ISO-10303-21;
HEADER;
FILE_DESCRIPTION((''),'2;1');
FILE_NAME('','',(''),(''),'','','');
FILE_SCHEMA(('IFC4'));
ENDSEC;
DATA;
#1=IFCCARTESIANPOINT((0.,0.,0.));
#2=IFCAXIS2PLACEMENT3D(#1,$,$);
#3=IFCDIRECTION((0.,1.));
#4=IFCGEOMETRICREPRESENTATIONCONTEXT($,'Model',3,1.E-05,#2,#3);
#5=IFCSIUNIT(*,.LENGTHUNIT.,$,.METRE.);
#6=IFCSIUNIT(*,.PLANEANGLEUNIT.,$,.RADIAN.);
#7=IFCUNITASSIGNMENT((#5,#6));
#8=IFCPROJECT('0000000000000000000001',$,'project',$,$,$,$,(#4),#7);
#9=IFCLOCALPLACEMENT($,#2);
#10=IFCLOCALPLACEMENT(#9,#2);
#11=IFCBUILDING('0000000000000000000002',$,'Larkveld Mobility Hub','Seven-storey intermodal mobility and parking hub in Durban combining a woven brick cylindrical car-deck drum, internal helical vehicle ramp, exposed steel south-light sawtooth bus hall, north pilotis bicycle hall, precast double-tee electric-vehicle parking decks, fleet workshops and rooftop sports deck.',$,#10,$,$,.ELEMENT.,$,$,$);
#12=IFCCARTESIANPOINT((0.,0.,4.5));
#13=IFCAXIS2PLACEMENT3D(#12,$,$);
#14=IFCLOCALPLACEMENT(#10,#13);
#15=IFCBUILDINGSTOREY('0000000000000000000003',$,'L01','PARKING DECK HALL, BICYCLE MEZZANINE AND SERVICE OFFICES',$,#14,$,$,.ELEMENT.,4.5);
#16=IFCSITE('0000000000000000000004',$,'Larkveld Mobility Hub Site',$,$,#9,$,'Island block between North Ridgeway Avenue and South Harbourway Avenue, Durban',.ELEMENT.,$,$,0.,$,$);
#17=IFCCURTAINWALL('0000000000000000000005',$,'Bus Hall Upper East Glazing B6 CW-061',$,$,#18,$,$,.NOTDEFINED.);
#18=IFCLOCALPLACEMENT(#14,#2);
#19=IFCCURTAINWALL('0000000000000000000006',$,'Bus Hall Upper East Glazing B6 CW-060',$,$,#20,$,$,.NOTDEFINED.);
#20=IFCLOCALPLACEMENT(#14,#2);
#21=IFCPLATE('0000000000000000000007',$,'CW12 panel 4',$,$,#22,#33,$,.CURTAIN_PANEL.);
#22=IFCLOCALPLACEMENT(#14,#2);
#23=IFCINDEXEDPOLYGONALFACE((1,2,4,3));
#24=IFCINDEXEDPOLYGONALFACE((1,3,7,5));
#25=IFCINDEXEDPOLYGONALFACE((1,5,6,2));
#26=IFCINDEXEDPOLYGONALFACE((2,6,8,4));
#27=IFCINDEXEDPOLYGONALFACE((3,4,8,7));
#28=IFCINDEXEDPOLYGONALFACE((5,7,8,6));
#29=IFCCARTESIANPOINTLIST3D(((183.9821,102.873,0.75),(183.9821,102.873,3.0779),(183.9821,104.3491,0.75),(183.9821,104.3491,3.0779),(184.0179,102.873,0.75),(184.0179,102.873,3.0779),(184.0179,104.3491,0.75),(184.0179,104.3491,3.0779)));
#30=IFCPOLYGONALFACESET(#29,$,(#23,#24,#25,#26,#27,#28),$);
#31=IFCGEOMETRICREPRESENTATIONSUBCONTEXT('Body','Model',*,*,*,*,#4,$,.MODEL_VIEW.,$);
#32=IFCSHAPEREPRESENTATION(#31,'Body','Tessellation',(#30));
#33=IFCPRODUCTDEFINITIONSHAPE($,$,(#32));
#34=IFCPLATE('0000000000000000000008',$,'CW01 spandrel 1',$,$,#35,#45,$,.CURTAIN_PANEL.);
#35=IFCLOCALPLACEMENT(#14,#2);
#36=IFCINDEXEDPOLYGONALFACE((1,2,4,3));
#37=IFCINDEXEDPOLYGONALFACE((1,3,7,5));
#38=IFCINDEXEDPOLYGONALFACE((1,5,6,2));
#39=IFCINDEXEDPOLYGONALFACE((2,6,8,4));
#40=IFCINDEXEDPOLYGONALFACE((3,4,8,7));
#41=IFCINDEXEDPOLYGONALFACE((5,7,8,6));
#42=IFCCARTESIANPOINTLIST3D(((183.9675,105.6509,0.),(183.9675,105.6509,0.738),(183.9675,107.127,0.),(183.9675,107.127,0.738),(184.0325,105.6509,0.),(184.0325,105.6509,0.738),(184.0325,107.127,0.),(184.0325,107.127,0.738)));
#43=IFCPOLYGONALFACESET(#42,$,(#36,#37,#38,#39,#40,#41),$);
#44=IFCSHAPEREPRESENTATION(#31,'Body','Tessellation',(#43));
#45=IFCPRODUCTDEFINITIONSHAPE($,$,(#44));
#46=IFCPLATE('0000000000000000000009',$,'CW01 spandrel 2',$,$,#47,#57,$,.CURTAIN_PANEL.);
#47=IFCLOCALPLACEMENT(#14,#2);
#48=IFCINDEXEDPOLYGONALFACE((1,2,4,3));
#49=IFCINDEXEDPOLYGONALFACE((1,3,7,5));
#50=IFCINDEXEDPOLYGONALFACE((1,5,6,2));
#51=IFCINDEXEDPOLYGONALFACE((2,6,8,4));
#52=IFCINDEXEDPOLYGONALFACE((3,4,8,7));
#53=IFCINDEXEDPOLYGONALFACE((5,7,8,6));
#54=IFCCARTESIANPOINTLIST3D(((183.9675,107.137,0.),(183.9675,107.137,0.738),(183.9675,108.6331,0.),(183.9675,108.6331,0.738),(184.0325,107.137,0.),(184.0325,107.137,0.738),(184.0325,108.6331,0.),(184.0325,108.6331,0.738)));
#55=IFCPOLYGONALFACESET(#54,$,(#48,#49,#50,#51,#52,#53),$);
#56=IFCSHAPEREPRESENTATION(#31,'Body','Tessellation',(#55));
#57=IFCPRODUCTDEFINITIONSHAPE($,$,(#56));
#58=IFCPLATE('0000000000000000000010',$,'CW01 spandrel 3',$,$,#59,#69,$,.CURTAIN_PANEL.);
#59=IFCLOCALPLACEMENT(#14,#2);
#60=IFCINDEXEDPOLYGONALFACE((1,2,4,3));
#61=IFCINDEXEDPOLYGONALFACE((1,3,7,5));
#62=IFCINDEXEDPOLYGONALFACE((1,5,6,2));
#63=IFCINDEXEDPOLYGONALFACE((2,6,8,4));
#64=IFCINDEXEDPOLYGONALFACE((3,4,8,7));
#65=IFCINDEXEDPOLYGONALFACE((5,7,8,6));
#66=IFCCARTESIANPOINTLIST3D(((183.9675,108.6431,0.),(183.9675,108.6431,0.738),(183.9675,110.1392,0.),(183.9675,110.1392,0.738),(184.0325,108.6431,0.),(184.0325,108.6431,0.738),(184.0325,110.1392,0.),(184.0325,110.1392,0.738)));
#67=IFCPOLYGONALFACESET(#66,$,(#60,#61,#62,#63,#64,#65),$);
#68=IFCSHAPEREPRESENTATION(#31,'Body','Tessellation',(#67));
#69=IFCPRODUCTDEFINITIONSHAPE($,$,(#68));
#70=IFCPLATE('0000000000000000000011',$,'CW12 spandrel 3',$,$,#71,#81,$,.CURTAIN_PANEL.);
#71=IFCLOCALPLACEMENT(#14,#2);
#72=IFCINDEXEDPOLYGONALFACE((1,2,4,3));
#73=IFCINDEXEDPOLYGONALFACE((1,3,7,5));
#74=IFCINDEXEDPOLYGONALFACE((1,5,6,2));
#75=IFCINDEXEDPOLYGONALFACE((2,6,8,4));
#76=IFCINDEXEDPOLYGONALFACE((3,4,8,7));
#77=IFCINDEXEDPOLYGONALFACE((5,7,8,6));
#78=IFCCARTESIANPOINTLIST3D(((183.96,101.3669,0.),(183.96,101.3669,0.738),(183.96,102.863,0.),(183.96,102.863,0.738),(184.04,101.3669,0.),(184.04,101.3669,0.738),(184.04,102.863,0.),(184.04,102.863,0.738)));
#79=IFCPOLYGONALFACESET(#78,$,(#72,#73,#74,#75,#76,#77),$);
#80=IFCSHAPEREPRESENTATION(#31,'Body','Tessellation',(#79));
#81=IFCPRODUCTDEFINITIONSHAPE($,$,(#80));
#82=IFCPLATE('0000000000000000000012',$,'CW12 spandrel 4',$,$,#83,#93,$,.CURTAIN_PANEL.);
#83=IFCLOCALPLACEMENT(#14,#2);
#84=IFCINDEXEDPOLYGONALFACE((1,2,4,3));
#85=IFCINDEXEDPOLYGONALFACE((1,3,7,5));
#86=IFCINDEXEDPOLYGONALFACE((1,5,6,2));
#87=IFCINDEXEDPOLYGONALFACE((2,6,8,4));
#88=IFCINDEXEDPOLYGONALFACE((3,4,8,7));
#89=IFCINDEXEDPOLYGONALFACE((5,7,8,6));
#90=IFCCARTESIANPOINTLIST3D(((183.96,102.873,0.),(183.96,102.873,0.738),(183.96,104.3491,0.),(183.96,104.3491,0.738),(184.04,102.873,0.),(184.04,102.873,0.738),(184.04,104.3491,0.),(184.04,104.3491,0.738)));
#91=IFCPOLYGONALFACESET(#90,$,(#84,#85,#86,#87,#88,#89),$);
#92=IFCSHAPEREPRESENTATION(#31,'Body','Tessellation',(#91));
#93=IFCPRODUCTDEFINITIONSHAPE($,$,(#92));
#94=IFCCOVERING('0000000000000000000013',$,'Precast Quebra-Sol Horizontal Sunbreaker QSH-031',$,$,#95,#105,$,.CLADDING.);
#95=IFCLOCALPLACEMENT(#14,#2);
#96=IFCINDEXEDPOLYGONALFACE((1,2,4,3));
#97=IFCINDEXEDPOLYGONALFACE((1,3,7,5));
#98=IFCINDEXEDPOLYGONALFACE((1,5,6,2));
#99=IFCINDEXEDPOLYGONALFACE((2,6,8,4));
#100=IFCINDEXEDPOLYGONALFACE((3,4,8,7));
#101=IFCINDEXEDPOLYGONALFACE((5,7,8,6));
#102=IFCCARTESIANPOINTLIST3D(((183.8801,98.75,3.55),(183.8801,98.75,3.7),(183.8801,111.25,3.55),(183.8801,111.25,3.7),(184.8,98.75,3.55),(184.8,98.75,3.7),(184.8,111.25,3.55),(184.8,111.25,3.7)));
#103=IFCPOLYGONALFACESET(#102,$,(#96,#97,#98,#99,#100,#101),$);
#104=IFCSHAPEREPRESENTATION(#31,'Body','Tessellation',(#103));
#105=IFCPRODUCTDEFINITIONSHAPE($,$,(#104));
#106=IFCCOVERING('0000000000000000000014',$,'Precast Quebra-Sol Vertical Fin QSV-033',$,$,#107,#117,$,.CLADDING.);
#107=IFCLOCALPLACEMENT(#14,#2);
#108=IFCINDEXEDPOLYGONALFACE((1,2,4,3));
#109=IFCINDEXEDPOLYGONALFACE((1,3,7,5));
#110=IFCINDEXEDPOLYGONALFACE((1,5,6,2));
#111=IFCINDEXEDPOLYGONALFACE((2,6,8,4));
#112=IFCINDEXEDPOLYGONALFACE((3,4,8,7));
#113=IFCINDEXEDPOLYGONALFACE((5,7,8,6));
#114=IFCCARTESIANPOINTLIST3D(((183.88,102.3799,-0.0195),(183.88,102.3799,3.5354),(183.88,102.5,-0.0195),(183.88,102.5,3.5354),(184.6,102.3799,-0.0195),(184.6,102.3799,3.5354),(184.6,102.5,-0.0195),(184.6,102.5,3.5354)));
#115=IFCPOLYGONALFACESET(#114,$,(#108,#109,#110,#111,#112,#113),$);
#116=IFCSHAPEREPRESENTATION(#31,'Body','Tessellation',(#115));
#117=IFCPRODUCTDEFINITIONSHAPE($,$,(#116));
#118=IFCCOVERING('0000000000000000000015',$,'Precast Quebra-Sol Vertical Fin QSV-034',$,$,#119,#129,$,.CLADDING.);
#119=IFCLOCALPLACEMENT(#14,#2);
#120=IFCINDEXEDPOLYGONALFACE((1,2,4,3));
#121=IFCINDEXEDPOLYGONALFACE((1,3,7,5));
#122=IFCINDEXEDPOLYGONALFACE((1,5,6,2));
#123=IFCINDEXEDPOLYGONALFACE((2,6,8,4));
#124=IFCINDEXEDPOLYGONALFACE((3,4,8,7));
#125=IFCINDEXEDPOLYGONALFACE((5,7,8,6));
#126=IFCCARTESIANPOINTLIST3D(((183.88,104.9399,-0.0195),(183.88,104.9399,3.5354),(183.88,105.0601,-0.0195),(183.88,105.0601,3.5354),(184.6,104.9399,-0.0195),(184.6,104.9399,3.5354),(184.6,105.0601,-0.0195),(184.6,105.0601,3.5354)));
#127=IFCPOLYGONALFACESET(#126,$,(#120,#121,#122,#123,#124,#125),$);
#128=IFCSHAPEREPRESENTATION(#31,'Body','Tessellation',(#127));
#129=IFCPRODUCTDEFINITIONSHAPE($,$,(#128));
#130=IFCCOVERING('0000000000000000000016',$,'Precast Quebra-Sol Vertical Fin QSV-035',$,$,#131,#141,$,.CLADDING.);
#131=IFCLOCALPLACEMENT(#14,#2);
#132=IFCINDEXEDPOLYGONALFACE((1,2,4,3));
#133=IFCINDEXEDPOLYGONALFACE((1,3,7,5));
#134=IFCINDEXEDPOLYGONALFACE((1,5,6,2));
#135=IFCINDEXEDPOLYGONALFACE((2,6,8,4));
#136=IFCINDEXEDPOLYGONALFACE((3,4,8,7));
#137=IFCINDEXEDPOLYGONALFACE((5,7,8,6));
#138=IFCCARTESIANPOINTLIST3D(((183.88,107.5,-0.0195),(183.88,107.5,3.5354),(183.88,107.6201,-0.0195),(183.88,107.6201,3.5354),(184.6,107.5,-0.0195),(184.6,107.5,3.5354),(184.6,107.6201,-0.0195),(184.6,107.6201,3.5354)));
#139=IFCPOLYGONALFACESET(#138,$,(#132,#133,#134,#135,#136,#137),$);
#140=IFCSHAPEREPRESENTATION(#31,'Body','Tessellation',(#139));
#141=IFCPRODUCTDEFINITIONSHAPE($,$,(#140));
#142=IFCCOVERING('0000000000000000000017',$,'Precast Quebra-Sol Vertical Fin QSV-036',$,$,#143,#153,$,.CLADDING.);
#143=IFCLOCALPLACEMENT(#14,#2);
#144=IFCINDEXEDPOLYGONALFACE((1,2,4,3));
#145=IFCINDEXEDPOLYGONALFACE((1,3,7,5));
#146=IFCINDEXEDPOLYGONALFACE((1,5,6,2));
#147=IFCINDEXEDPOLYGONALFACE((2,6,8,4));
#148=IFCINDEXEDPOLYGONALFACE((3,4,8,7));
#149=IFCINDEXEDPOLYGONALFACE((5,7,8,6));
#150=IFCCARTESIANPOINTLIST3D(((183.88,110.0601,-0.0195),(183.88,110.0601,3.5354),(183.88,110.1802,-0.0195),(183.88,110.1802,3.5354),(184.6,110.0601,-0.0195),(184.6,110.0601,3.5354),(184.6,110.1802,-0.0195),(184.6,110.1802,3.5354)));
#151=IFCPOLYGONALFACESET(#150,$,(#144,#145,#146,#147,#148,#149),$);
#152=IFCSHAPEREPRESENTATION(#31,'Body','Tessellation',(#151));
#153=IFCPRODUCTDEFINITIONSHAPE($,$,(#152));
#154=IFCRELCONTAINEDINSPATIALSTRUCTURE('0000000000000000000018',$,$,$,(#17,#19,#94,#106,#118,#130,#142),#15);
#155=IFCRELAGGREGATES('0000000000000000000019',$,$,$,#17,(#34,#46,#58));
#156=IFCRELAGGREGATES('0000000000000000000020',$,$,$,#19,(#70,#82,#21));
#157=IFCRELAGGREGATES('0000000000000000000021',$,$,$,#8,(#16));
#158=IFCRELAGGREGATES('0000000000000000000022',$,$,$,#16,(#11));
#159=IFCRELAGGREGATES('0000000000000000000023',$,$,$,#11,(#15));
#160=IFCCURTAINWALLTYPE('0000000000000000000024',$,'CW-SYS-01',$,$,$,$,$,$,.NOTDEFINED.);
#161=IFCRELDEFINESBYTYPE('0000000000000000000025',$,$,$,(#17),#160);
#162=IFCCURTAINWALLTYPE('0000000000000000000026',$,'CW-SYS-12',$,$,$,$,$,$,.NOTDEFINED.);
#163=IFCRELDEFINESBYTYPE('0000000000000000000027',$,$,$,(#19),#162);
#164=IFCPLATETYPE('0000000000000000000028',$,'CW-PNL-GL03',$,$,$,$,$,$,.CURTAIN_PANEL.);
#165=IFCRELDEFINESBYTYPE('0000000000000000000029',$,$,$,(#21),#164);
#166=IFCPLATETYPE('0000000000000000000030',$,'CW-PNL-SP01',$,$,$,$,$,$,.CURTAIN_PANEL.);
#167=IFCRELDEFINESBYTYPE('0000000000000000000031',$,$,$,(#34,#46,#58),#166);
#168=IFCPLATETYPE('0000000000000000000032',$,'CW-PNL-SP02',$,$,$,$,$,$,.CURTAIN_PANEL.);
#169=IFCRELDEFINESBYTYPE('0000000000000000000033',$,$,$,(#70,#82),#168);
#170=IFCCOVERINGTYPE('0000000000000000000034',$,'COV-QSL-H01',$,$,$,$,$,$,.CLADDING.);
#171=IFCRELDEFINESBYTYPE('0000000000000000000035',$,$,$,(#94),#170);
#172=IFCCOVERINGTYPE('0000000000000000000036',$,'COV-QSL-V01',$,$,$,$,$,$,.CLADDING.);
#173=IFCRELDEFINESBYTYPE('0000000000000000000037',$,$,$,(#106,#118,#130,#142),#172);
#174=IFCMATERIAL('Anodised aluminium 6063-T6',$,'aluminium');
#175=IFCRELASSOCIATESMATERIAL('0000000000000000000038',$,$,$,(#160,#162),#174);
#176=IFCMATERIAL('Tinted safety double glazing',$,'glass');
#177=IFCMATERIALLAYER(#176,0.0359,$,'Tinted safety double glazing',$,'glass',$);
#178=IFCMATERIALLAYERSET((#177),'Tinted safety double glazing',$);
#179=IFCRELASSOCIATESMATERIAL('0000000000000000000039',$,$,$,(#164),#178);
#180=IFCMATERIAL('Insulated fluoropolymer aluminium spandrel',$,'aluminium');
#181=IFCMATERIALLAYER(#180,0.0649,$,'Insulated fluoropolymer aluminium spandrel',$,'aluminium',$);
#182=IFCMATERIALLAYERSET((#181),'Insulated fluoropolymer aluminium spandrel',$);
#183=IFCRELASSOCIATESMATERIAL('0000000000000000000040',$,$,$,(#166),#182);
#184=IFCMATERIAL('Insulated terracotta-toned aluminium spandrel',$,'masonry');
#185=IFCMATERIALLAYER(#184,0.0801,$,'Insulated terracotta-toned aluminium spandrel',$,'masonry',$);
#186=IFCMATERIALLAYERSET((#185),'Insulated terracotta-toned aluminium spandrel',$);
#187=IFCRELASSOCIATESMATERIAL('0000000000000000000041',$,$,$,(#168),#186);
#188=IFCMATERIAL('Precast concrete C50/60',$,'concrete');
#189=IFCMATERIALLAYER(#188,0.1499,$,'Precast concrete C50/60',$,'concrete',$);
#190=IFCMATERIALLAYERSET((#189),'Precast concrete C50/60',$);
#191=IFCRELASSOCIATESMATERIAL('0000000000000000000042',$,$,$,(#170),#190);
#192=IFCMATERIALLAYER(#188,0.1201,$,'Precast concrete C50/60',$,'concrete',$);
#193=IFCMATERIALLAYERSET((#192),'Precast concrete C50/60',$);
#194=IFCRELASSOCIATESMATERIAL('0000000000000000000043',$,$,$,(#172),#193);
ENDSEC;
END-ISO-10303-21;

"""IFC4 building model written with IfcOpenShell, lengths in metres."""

from ifc_helpers import new_model, si_unit, direction, frame, origin, origin_2d, place, context, subcontext, project, spatial, rectangle, extrude, material, layer, layer_set, type_object, element, aggregate, save


model = new_model("IFC4")

# Units and contexts
model_context = context("Model", 3, precision=1e-05, world=origin(), true_north=direction((0.0, 1.0)))
body_context = subcontext(model_context, "Body", "Model", "MODEL_VIEW")
ifc_project = project(units=[si_unit("LENGTHUNIT", "METRE"), si_unit("PLANEANGLEUNIT", "RADIAN")], contexts=[model_context])

# Site, building, storey
site_placement = place(None, origin())
site = spatial("IfcSite", under=ifc_project, at=site_placement, Name="Larkveld Mobility Hub Site", LongName="Island block between North Ridgeway Avenue and South Harbourway Avenue, Durban", CompositionType="ELEMENT", RefElevation=0.0)
building_placement = place(site_placement, origin())
building = spatial("IfcBuilding", under=site, at=building_placement, Name="Larkveld Mobility Hub", Description="Seven-storey intermodal mobility and parking hub in Durban combining a woven brick cylindrical car-deck drum, internal helical vehicle ramp, exposed steel south-light sawtooth bus hall, north pilotis bicycle hall, precast double-tee electric-vehicle parking decks, fleet workshops and rooftop sports deck.", CompositionType="ELEMENT")
storey_placement = place(building_placement, frame((0.0, 0.0, 4.5)))
storey = spatial("IfcBuildingStorey", under=building, at=storey_placement, Name="L01", Description="PARKING DECK HALL, BICYCLE MEZZANINE AND SERVICE OFFICES", CompositionType="ELEMENT", Elevation=4.5)

# Curtain walls
ifc_material_1 = material(Name="Anodised aluminium 6063-T6", Category="aluminium")
curtain_wall_type_1 = type_object("IfcCurtainWallType", Name="CW-SYS-01", PredefinedType="NOTDEFINED", material=ifc_material_1)
curtain_wall_1_placement = place(storey_placement, origin())
curtain_wall_1 = element("IfcCurtainWall", 1, at=curtain_wall_1_placement, inside=storey, type_object=curtain_wall_type_1, Name="Bus Hall Upper East Glazing B6 CW-061", PredefinedType="NOTDEFINED")
curtain_wall_type_2 = type_object("IfcCurtainWallType", Name="CW-SYS-12", PredefinedType="NOTDEFINED", material=ifc_material_1)
curtain_wall_2_placement = place(storey_placement, origin())
curtain_wall_2 = element("IfcCurtainWall", 2, at=curtain_wall_2_placement, inside=storey, type_object=curtain_wall_type_2, Name="Bus Hall Upper East Glazing B6 CW-060", PredefinedType="NOTDEFINED")

# Plates
ifc_material_2 = material(Name="Tinted safety double glazing", Category="glass")
ifc_layer_1 = layer(ifc_material_2, 0.0359, Name="Tinted safety double glazing", Category="glass")
ifc_layer_set_1 = layer_set([ifc_layer_1], Name="Tinted safety double glazing")
plate_type_1 = type_object("IfcPlateType", Name="CW-PNL-GL03", PredefinedType="CURTAIN_PANEL", material=ifc_layer_set_1)
plate_1_placement = place(storey_placement, frame((184.0, 103.6111, 0.75), z_axis=(0.0, 0.0, 1.0), x_axis=(0.0, 1.0, 0.0)))
plate_1 = element("IfcPlate", 3, at=plate_1_placement, type_object=plate_type_1, Name="CW12 panel 4", PredefinedType="CURTAIN_PANEL", context=body_context, shape_type="SweptSolid", body=[
    extrude(rectangle(XDim=1.4761, YDim=0.0359, at=origin_2d()), origin(), (0.0, 0.0, 1.0), 2.3279),
])
ifc_material_3 = material(Name="Insulated fluoropolymer aluminium spandrel", Category="aluminium")
ifc_layer_2 = layer(ifc_material_3, 0.0649, Name="Insulated fluoropolymer aluminium spandrel", Category="aluminium")
ifc_layer_set_2 = layer_set([ifc_layer_2], Name="Insulated fluoropolymer aluminium spandrel")
plate_type_2 = type_object("IfcPlateType", Name="CW-PNL-SP01", PredefinedType="CURTAIN_PANEL", material=ifc_layer_set_2)
plate_2_placement = place(storey_placement, frame((184.0, 106.3889, 0.0), z_axis=(0.0, 0.0, 1.0), x_axis=(0.0, 1.0, 0.0)))
plate_2 = element("IfcPlate", 4, at=plate_2_placement, type_object=plate_type_2, Name="CW01 spandrel 1", PredefinedType="CURTAIN_PANEL", context=body_context, shape_type="SweptSolid", body=[
    extrude(rectangle(XDim=1.4761, YDim=0.0649, at=origin_2d()), origin(), (0.0, 0.0, 1.0), 0.738),
])
plate_3_placement = place(storey_placement, frame((184.0, 107.885, 0.0), z_axis=(0.0, 0.0, 1.0), x_axis=(0.0, 1.0, 0.0)))
plate_3 = element("IfcPlate", 5, at=plate_3_placement, type_object=plate_type_2, Name="CW01 spandrel 2", PredefinedType="CURTAIN_PANEL", context=body_context, shape_type="SweptSolid", body=[
    extrude(rectangle(XDim=1.4961, YDim=0.0649, at=origin_2d()), origin(), (0.0, 0.0, 1.0), 0.738),
])
plate_4_placement = place(storey_placement, frame((184.0, 109.3911, 0.0), z_axis=(0.0, 0.0, 1.0), x_axis=(0.0, 1.0, 0.0)))
plate_4 = element("IfcPlate", 6, at=plate_4_placement, type_object=plate_type_2, Name="CW01 spandrel 3", PredefinedType="CURTAIN_PANEL", context=body_context, shape_type="SweptSolid", body=[
    extrude(rectangle(XDim=1.4961, YDim=0.0649, at=origin_2d()), origin(), (0.0, 0.0, 1.0), 0.738),
])
aggregate(curtain_wall_1, [plate_2, plate_3, plate_4])
ifc_material_4 = material(Name="Insulated terracotta-toned aluminium spandrel", Category="masonry")
ifc_layer_3 = layer(ifc_material_4, 0.0801, Name="Insulated terracotta-toned aluminium spandrel", Category="masonry")
ifc_layer_set_3 = layer_set([ifc_layer_3], Name="Insulated terracotta-toned aluminium spandrel")
plate_type_3 = type_object("IfcPlateType", Name="CW-PNL-SP02", PredefinedType="CURTAIN_PANEL", material=ifc_layer_set_3)
plate_5_placement = place(storey_placement, frame((184.0, 102.115, 0.0), z_axis=(0.0, 0.0, 1.0), x_axis=(0.0, 1.0, 0.0)))
plate_5 = element("IfcPlate", 7, at=plate_5_placement, type_object=plate_type_3, Name="CW12 spandrel 3", PredefinedType="CURTAIN_PANEL", context=body_context, shape_type="SweptSolid", body=[
    extrude(rectangle(XDim=1.4961, YDim=0.0801, at=origin_2d()), origin(), (0.0, 0.0, 1.0), 0.738),
])
plate_6_placement = place(storey_placement, frame((184.0, 103.6111, 0.0), z_axis=(0.0, 0.0, 1.0), x_axis=(0.0, 1.0, 0.0)))
plate_6 = element("IfcPlate", 8, at=plate_6_placement, type_object=plate_type_3, Name="CW12 spandrel 4", PredefinedType="CURTAIN_PANEL", context=body_context, shape_type="SweptSolid", body=[
    extrude(rectangle(XDim=1.4761, YDim=0.0801, at=origin_2d()), origin(), (0.0, 0.0, 1.0), 0.738),
])
aggregate(curtain_wall_2, [plate_5, plate_6, plate_1])

# Coverings
ifc_material_5 = material(Name="Precast concrete C50/60", Category="concrete")
ifc_layer_4 = layer(ifc_material_5, 0.1499, Name="Precast concrete C50/60", Category="concrete")
ifc_layer_set_4 = layer_set([ifc_layer_4], Name="Precast concrete C50/60")
covering_type_1 = type_object("IfcCoveringType", Name="COV-QSL-H01", PredefinedType="CLADDING", material=ifc_layer_set_4)
covering_placement = place(storey_placement, frame((184.3401, 105.0, 3.55), z_axis=(0.0, 0.0, 1.0), x_axis=(0.0, 1.0, 0.0)))
element("IfcCovering", 9, at=covering_placement, inside=storey, type_object=covering_type_1, Name="Precast Quebra-Sol Horizontal Sunbreaker QSH-031", PredefinedType="CLADDING", context=body_context, shape_type="SweptSolid", body=[
    extrude(rectangle(XDim=12.5, YDim=0.9199, at=origin_2d()), origin(), (0.0, 0.0, 1.0), 0.1499),
])
ifc_layer_5 = layer(ifc_material_5, 0.1201, Name="Precast concrete C50/60", Category="concrete")
ifc_layer_set_5 = layer_set([ifc_layer_5], Name="Precast concrete C50/60")
covering_type_2 = type_object("IfcCoveringType", Name="COV-QSL-V01", PredefinedType="CLADDING", material=ifc_layer_set_5)
for number, where, z_axis, x_axis, name in (
    (10, (184.24, 102.4399, -0.0195), (0.0, 0.0, 1.0), (0.0, 1.0, 0.0), "Precast Quebra-Sol Vertical Fin QSV-033"),
    (11, (184.24, 105.0, -0.0195), (0.0, 0.0, 1.0), (0.0, 1.0, 0.0), "Precast Quebra-Sol Vertical Fin QSV-034"),
    (12, (184.24, 107.5601, -0.0195), (0.0, 0.0, 1.0), (0.0, 1.0, 0.0), "Precast Quebra-Sol Vertical Fin QSV-035"),
    (13, (184.24, 110.1201, -0.0195), (0.0, 0.0, 1.0), (0.0, 1.0, 0.0), "Precast Quebra-Sol Vertical Fin QSV-036"),
):
    element("IfcCovering", number, at=place(storey_placement, frame(where, z_axis=z_axis, x_axis=x_axis)), inside=storey, type_object=covering_type_2, Name=name, PredefinedType="CLADDING", context=body_context, shape_type="SweptSolid", body=[
        extrude(rectangle(XDim=0.1201, YDim=0.72, at=origin_2d()), origin(), (0.0, 0.0, 1.0), 3.5549),
    ])

save(model, "model.ifc")
